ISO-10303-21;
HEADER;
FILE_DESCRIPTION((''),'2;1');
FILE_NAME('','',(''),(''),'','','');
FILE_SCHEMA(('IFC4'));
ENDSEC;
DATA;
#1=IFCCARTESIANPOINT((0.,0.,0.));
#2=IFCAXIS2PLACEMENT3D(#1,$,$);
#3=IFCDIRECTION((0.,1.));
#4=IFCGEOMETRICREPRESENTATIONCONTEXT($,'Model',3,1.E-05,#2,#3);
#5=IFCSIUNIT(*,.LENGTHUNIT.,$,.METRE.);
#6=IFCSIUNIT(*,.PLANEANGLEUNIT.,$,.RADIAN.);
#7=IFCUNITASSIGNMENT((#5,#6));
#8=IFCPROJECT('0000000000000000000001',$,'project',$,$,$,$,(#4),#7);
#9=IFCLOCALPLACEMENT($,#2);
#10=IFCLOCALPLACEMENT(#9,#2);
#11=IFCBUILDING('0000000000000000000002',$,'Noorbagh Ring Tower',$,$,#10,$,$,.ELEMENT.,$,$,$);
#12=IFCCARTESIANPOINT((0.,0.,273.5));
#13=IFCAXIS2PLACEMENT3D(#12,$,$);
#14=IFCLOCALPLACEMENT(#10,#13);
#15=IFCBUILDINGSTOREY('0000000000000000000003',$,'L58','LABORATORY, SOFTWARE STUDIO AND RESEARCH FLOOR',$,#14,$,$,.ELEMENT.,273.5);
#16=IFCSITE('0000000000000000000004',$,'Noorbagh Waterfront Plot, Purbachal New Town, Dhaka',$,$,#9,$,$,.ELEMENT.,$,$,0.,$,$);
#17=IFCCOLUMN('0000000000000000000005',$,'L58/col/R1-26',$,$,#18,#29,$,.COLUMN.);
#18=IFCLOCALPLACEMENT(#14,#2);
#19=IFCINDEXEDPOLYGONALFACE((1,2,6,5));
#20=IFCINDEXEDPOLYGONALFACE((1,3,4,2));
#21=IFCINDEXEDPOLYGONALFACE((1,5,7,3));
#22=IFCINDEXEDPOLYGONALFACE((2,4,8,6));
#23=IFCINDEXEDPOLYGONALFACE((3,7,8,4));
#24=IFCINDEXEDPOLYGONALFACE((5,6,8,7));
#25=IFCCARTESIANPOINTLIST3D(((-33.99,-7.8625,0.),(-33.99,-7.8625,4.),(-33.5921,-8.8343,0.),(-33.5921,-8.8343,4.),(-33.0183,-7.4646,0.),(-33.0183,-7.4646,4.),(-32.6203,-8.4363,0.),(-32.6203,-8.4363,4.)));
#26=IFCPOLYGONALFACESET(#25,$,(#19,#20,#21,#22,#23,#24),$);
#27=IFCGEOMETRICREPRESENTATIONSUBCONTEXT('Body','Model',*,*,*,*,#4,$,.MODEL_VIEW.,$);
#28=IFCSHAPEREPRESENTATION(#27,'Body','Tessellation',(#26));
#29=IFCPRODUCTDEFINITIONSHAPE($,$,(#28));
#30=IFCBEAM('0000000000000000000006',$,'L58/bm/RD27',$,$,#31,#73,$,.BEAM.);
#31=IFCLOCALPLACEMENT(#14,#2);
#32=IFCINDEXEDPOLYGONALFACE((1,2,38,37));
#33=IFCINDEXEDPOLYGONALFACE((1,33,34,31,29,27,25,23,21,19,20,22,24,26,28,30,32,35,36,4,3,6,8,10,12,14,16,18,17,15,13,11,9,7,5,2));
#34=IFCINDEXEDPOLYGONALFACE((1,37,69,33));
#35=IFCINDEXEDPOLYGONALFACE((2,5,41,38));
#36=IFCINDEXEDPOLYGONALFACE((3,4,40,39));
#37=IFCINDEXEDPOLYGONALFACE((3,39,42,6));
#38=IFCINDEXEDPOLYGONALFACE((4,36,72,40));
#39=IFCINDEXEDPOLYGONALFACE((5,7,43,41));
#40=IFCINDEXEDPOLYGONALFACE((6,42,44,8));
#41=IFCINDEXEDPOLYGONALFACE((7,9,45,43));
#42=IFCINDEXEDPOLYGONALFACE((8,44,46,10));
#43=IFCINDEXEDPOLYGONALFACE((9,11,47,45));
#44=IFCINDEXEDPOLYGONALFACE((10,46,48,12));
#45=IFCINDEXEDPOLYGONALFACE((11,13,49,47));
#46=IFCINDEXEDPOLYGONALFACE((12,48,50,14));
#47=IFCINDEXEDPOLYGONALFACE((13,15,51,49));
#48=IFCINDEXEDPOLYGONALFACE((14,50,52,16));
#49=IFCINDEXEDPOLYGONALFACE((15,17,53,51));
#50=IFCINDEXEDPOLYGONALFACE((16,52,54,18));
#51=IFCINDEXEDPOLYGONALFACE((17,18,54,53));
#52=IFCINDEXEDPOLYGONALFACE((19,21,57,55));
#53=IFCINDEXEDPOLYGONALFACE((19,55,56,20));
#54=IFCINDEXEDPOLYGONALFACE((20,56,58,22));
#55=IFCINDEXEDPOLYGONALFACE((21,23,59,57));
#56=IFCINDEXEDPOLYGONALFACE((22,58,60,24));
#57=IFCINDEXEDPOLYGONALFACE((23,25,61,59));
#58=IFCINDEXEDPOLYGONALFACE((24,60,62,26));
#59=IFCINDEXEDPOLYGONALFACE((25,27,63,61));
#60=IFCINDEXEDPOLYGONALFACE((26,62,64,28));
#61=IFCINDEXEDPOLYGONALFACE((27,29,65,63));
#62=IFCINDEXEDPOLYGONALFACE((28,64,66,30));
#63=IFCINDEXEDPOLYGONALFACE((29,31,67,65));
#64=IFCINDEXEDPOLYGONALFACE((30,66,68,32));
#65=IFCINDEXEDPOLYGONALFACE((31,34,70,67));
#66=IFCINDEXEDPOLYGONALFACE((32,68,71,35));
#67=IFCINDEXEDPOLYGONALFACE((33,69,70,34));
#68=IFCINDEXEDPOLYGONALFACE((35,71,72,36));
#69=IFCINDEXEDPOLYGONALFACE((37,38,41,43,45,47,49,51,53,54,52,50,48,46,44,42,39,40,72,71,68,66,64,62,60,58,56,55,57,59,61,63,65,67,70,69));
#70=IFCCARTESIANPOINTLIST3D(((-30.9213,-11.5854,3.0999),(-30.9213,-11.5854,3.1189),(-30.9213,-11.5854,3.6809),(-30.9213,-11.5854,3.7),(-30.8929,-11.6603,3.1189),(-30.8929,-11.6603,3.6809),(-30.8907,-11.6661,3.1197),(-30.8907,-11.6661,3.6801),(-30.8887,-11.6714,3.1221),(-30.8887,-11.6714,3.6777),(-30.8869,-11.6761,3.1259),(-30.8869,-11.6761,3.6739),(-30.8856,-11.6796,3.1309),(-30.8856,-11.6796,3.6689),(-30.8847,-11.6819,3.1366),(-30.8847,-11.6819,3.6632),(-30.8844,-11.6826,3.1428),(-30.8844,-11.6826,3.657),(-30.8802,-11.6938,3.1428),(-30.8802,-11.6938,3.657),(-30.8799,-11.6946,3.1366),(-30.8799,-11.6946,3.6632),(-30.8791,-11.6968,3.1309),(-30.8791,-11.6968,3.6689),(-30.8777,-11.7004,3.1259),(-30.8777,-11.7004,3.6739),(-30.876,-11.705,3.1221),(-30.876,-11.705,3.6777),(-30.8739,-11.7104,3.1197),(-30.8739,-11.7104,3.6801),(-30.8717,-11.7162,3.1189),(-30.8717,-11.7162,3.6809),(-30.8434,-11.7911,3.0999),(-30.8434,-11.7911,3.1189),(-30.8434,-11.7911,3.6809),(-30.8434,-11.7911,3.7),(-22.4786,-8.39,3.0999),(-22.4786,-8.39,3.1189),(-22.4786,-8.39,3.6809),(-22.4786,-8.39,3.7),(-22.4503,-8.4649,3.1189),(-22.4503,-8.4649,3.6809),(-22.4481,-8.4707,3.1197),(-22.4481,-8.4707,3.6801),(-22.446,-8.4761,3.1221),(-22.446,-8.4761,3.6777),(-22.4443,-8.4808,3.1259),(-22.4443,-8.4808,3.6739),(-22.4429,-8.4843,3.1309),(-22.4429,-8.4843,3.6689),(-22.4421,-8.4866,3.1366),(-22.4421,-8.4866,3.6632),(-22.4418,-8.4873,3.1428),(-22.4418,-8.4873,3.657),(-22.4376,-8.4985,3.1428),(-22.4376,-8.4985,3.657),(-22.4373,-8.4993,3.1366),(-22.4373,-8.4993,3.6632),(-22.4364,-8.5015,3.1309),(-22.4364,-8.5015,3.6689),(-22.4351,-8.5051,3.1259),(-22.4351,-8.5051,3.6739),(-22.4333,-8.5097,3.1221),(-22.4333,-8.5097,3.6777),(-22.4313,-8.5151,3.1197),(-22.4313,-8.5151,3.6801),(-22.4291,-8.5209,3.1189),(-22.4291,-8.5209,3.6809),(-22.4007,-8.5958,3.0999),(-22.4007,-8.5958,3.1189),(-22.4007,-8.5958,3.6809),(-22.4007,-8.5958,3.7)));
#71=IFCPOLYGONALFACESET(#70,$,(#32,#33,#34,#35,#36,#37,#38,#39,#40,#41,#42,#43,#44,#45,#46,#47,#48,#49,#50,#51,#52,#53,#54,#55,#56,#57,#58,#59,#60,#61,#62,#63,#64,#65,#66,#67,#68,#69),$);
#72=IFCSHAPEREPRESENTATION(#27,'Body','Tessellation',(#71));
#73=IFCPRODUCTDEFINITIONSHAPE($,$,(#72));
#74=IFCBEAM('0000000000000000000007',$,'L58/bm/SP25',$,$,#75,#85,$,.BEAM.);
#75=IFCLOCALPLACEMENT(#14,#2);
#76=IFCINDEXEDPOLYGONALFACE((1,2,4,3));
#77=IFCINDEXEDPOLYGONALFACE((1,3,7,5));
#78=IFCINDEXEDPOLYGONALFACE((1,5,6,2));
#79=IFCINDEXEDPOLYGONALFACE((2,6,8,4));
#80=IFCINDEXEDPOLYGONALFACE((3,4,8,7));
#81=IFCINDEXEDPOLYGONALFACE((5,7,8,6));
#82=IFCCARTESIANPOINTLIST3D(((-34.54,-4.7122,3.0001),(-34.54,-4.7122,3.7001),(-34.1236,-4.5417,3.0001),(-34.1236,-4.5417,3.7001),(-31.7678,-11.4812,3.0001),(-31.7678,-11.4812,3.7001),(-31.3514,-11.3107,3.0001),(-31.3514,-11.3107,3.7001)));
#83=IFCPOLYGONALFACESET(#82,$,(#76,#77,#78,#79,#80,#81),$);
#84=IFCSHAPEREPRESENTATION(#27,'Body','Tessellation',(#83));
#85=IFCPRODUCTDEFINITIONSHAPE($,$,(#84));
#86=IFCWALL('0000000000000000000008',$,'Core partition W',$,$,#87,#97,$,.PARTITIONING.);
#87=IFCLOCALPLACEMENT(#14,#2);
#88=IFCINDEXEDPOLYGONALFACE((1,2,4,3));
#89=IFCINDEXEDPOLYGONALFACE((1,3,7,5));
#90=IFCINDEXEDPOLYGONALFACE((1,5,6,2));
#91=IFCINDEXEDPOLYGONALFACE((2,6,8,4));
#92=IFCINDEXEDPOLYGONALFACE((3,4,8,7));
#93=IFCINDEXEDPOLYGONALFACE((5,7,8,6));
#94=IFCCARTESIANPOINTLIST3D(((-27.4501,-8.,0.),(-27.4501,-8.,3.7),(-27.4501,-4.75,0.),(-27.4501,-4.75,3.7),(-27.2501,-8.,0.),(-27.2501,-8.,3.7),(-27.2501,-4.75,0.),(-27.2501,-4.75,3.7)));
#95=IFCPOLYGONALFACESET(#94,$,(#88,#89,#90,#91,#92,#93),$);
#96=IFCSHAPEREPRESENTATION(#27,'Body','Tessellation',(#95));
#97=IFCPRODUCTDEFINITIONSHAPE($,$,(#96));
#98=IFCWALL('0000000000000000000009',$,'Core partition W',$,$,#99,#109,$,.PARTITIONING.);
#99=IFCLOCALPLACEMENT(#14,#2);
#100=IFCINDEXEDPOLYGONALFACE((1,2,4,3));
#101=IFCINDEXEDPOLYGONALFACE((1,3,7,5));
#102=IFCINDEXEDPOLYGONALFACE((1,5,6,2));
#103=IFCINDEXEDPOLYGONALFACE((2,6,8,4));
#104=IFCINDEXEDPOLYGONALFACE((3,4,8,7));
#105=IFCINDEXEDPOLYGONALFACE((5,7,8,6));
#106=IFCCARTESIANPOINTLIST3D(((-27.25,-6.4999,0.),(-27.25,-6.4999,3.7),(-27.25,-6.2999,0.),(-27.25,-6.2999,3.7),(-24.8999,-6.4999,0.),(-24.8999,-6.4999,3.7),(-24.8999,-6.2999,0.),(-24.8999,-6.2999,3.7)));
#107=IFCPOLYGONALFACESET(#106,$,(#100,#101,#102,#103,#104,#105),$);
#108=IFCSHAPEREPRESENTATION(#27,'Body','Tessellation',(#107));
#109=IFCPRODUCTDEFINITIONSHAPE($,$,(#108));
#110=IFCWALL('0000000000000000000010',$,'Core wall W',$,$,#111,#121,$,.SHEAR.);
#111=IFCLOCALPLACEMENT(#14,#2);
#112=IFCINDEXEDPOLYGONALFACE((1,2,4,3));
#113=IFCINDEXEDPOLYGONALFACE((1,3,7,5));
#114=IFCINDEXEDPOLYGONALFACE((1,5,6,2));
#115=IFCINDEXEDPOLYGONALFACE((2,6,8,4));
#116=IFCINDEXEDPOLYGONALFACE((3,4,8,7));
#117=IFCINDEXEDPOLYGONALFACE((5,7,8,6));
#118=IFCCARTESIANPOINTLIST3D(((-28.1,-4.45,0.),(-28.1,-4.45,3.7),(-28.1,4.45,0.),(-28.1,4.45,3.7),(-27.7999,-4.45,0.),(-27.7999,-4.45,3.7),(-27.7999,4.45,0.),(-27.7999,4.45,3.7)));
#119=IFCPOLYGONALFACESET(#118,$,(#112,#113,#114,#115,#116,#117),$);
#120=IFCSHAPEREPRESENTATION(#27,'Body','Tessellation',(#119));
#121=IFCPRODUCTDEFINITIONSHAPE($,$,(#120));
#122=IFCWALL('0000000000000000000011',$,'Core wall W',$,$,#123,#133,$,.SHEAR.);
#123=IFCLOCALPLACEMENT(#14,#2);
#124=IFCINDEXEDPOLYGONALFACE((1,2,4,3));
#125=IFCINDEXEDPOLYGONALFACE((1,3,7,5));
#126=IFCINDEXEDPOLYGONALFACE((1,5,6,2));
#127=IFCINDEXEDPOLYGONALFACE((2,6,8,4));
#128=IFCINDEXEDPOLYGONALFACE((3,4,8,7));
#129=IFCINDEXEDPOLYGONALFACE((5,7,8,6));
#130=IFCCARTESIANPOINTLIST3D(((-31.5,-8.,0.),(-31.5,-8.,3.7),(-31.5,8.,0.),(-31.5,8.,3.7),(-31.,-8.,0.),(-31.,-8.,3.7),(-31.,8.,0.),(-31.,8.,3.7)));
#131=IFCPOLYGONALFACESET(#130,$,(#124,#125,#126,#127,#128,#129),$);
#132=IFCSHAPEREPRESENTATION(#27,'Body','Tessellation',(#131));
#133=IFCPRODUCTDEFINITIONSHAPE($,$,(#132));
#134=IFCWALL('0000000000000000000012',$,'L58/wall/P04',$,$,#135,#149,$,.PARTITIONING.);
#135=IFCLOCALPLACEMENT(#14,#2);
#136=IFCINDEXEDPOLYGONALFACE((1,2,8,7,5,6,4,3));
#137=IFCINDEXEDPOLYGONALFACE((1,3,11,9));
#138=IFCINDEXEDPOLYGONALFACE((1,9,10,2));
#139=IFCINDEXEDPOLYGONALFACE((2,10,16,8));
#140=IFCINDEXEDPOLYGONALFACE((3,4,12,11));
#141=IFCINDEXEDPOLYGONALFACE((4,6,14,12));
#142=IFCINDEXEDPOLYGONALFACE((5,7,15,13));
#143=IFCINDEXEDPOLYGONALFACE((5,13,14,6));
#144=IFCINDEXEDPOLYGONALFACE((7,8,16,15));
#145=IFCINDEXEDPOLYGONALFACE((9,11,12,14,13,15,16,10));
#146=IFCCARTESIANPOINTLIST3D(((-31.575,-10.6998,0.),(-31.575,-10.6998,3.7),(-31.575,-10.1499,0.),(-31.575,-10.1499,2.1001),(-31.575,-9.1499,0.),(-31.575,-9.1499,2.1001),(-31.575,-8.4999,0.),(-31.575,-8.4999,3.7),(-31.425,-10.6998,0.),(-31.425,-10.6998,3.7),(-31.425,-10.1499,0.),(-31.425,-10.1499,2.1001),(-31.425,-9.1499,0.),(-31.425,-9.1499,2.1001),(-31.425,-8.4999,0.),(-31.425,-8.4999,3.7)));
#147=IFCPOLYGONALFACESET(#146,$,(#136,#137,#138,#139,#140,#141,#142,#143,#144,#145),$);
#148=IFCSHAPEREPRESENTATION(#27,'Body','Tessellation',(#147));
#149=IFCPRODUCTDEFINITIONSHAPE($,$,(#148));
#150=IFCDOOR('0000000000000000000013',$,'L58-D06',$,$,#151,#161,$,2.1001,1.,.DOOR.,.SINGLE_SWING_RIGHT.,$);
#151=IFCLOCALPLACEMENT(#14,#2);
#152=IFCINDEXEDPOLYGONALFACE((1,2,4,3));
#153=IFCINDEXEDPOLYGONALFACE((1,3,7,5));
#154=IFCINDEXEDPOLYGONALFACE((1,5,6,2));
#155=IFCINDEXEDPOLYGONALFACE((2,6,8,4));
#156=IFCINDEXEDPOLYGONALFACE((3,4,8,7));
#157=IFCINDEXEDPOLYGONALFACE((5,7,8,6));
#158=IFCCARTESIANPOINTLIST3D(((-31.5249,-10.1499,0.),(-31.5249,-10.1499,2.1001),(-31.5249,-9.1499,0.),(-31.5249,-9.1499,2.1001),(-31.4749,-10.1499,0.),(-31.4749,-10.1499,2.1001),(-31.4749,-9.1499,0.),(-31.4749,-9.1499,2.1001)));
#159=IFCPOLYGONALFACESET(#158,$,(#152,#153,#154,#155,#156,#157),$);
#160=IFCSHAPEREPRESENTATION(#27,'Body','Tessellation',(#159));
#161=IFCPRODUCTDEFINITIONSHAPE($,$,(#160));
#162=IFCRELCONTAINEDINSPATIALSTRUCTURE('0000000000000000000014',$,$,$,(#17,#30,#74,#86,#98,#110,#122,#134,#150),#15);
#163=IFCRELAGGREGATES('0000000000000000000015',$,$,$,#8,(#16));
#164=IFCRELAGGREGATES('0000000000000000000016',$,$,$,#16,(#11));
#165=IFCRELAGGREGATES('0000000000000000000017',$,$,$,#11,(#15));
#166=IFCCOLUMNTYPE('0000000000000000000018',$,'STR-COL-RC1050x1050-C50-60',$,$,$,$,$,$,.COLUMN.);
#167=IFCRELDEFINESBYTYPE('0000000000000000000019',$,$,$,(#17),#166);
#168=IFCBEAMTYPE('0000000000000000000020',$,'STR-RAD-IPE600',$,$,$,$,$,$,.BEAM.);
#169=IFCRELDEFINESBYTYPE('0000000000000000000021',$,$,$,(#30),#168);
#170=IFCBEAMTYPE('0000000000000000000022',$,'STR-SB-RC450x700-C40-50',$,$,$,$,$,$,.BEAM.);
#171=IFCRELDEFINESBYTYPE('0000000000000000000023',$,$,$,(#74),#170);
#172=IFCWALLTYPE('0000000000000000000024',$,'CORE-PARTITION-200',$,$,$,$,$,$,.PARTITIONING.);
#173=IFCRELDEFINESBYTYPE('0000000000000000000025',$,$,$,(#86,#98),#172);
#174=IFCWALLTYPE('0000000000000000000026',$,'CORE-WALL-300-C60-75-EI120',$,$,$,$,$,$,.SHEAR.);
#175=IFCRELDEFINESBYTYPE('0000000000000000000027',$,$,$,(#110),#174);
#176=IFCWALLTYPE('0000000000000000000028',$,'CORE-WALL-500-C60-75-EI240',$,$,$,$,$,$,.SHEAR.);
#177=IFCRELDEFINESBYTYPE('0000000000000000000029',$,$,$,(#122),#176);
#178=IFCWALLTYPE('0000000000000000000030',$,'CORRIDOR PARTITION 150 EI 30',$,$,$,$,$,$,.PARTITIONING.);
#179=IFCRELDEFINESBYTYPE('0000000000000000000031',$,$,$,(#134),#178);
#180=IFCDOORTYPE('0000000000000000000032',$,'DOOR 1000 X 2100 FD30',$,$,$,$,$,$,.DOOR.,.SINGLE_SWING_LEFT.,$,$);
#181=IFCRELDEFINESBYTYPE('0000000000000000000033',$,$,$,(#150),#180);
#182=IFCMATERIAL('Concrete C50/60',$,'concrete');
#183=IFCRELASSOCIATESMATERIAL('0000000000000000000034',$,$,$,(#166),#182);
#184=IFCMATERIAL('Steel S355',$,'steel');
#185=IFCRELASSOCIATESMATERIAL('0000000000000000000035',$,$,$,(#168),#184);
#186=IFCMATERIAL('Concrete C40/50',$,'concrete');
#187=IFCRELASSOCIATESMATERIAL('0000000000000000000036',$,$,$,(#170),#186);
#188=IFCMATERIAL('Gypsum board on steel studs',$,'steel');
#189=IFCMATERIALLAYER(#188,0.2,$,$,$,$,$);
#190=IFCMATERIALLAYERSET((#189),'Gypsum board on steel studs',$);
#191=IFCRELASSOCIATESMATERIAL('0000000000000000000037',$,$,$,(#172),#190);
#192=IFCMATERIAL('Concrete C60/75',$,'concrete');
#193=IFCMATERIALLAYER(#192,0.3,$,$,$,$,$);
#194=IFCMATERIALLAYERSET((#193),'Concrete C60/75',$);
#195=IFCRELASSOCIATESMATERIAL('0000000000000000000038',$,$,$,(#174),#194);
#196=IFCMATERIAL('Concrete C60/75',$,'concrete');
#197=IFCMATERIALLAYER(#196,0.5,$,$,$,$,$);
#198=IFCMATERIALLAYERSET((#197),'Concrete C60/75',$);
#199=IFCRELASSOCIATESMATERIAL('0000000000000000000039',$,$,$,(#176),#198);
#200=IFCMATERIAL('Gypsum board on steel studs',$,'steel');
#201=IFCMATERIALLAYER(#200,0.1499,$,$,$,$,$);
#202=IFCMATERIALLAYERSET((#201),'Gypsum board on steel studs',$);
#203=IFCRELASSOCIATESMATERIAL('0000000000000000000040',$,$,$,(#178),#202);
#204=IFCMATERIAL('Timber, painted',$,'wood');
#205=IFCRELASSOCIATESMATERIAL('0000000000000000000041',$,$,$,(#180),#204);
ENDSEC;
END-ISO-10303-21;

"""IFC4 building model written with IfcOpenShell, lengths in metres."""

from ifc_helpers import new_model, si_unit, direction, frame, frame_2d, origin, origin_2d, place, context, subcontext, project, spatial, rectangle, i_section, extrude, material, layer, layer_set, material_profile, profile_set, type_object, element, fill, save


model = new_model("IFC4")

# Units and contexts
model_context = context("Model", 3, precision=1e-05, world=origin(), true_north=direction((0.0, 1.0)))
body_context = subcontext(model_context, "Body", "Model", "MODEL_VIEW")
ifc_project = project(units=[si_unit("LENGTHUNIT", "METRE"), si_unit("PLANEANGLEUNIT", "RADIAN")], contexts=[model_context])

# Site, building, storey
site_placement = place(None, origin())
site = spatial("IfcSite", under=ifc_project, at=site_placement, Name="Noorbagh Waterfront Plot, Purbachal New Town, Dhaka", CompositionType="ELEMENT", RefElevation=0.0)
building_placement = place(site_placement, origin())
building = spatial("IfcBuilding", under=site, at=building_placement, Name="Noorbagh Ring Tower", CompositionType="ELEMENT")
storey_placement = place(building_placement, frame((0.0, 0.0, 273.5)))
storey = spatial("IfcBuildingStorey", under=building, at=storey_placement, Name="L58", Description="LABORATORY, SOFTWARE STUDIO AND RESEARCH FLOOR", CompositionType="ELEMENT", Elevation=273.5)

# Column
ifc_material_1 = material(Name="Concrete C50/60", Category="concrete")
ifc_material_profile_1 = material_profile(ifc_material_1, rectangle(XDim=1.05, YDim=1.05, at=origin_2d()), Name="RC1050x1050")
ifc_profile_set_1 = profile_set([ifc_material_profile_1], Name="Concrete C50/60")
column_type = type_object("IfcColumnType", Name="STR-COL-RC1050x1050-C50-60", PredefinedType="COLUMN", material=ifc_profile_set_1)
column_placement = place(storey_placement, frame((-33.3052, -8.1494, 0.0), z_axis=(0.0, 0.0, 1.0), x_axis=(0.378989, -0.925401, 0.0)))
element("IfcColumn", 1, at=column_placement, inside=storey, type_object=column_type, Name="L58/col/R1-26", PredefinedType="COLUMN", context=body_context, shape_type="SweptSolid", body=[
    extrude(rectangle(XDim=1.05, YDim=1.05, at=origin_2d()), origin(), (0.0, 0.0, 1.0), 4.0),
])

# Beams
ifc_material_2 = material(Name="Steel S355", Category="steel")
ifc_material_profile_2 = material_profile(ifc_material_2, i_section(OverallWidth=0.22, OverallDepth=0.6001, WebThickness=0.012, FlangeThickness=0.019, FilletRadius=0.0239, at=origin_2d()), Name="IPE600")
ifc_profile_set_2 = profile_set([ifc_material_profile_2], Name="Steel S355")
beam_type_1 = type_object("IfcBeamType", Name="STR-RAD-IPE600", PredefinedType="BEAM", material=ifc_profile_set_2)
beam_1_placement = place(storey_placement, frame((-30.8823, -11.6882, 3.3999), z_axis=(0.935257, 0.35397, 0.0), x_axis=(-0.35397, 0.935257, 0.0)))
element("IfcBeam", 2, at=beam_1_placement, inside=storey, type_object=beam_type_1, Name="L58/bm/RD27", PredefinedType="BEAM", context=body_context, shape_type="SweptSolid", body=[
    extrude(i_section(OverallWidth=0.22, OverallDepth=0.6001, WebThickness=0.012, FlangeThickness=0.019, FilletRadius=0.0239, at=origin_2d()), origin(), (0.0, 0.0, 1.0), 9.0271),
])
ifc_material_3 = material(Name="Concrete C40/50", Category="concrete")
ifc_material_profile_3 = material_profile(ifc_material_3, rectangle(XDim=0.45, YDim=0.7, at=origin_2d()), Name="RC450x700")
ifc_profile_set_3 = profile_set([ifc_material_profile_3], Name="Concrete C40/50")
beam_type_2 = type_object("IfcBeamType", Name="STR-SB-RC450x700-C40-50", PredefinedType="BEAM", material=ifc_profile_set_3)
beam_2_placement = place(storey_placement, frame((-34.3318, -4.627, 3.3501), z_axis=(0.378992, -0.9254, 0.0), x_axis=(0.9254, 0.378992, 0.0)))
element("IfcBeam", 3, at=beam_2_placement, inside=storey, type_object=beam_type_2, Name="L58/bm/SP25", PredefinedType="BEAM", context=body_context, shape_type="SweptSolid", body=[
    extrude(rectangle(XDim=0.45, YDim=0.7, at=origin_2d()), origin(), (0.0, 0.0, 1.0), 7.3147),
])

# Walls
ifc_material_4 = material(Name="Gypsum board on steel studs", Category="steel")
ifc_layer_1 = layer(ifc_material_4, 0.2)
ifc_layer_set_1 = layer_set([ifc_layer_1], Name="Gypsum board on steel studs")
wall_type_1 = type_object("IfcWallType", Name="CORE-PARTITION-200", PredefinedType="PARTITIONING", material=ifc_layer_set_1)
wall_1_placement = place(storey_placement, frame((-27.3501, -8.0, 0.0), z_axis=(0.0, 0.0, 1.0), x_axis=(0.0, 1.0, 0.0)))
element("IfcWall", 4, at=wall_1_placement, inside=storey, type_object=wall_type_1, Name="Core partition W", PredefinedType="PARTITIONING", context=body_context, shape_type="SweptSolid", body=[
    extrude(rectangle(XDim=3.25, YDim=0.2, at=frame_2d((1.625, 0.0))), origin(), (0.0, 0.0, 1.0), 3.7),
])
wall_2_placement = place(storey_placement, frame((-24.8999, -6.3999, 0.0), z_axis=(0.0, 0.0, 1.0), x_axis=(-1.0, 0.0, 0.0)))
element("IfcWall", 5, at=wall_2_placement, inside=storey, type_object=wall_type_1, Name="Core partition W", PredefinedType="PARTITIONING", context=body_context, shape_type="SweptSolid", body=[
    extrude(rectangle(XDim=2.3501, YDim=0.2, at=frame_2d((1.175, 0.0))), origin(), (0.0, 0.0, 1.0), 3.7),
])
ifc_material_5 = material(Name="Concrete C60/75", Category="concrete")
ifc_layer_2 = layer(ifc_material_5, 0.3)
ifc_layer_set_2 = layer_set([ifc_layer_2], Name="Concrete C60/75")
wall_type_2 = type_object("IfcWallType", Name="CORE-WALL-300-C60-75-EI120", PredefinedType="SHEAR", material=ifc_layer_set_2)
wall_3_placement = place(storey_placement, frame((-27.95, -4.45, 0.0), z_axis=(0.0, 0.0, 1.0), x_axis=(0.0, 1.0, 0.0)))
element("IfcWall", 6, at=wall_3_placement, inside=storey, type_object=wall_type_2, Name="Core wall W", PredefinedType="SHEAR", context=body_context, shape_type="SweptSolid", body=[
    extrude(rectangle(XDim=8.8999, YDim=0.3, at=frame_2d((4.45, 0.0))), origin(), (0.0, 0.0, 1.0), 3.7),
])
ifc_material_6 = material(Name="Concrete C60/75", Category="concrete")
ifc_layer_3 = layer(ifc_material_6, 0.5)
ifc_layer_set_3 = layer_set([ifc_layer_3], Name="Concrete C60/75")
wall_type_3 = type_object("IfcWallType", Name="CORE-WALL-500-C60-75-EI240", PredefinedType="SHEAR", material=ifc_layer_set_3)
wall_4_placement = place(storey_placement, frame((-31.25, -8.0, 0.0), z_axis=(0.0, 0.0, 1.0), x_axis=(0.0, 1.0, 0.0)))
element("IfcWall", 7, at=wall_4_placement, inside=storey, type_object=wall_type_3, Name="Core wall W", PredefinedType="SHEAR", context=body_context, shape_type="SweptSolid", body=[
    extrude(rectangle(XDim=16.0, YDim=0.5, at=frame_2d((8.0, 0.0))), origin(), (0.0, 0.0, 1.0), 3.7),
])

# Wall, opening, door
ifc_material_7 = material(Name="Gypsum board on steel studs", Category="steel")
ifc_layer_4 = layer(ifc_material_7, 0.1499)
ifc_layer_set_4 = layer_set([ifc_layer_4], Name="Gypsum board on steel studs")
wall_type_4 = type_object("IfcWallType", Name="CORRIDOR PARTITION 150 EI 30", PredefinedType="PARTITIONING", material=ifc_layer_set_4)
wall_5_placement = place(storey_placement, frame((-31.5, -10.7, 0.0), z_axis=(0.0, 0.0, 1.0), x_axis=(0.0, 1.0, 0.0)))
wall_5 = element("IfcWall", 8, at=wall_5_placement, inside=storey, type_object=wall_type_4, Name="L58/wall/P04", PredefinedType="PARTITIONING", context=body_context, shape_type="SweptSolid", body=[
    extrude(rectangle(XDim=2.2, YDim=0.1499, at=frame_2d((1.1001, 0.0))), origin(), (0.0, 0.0, 1.0), 3.7),
])
opening_1_placement = place(wall_5_placement, frame((0.55, 0.0, 0.0)))
opening_1 = element("IfcOpeningElement", 9, at=opening_1_placement, cuts=wall_5, PredefinedType="OPENING", context=body_context, shape_type="SweptSolid", body=[
    extrude(rectangle(XDim=1.0, YDim=2.1001, at=frame_2d((0.5, 1.05))), frame((0.0, 0.085, 0.0), z_axis=(0.0, -1.0, 0.0), x_axis=(1.0, 0.0, 0.0)), (0.0, 0.0, 1.0), 0.1699),
])
ifc_material_8 = material(Name="Timber, painted", Category="wood")
door_type = type_object("IfcDoorType", Name="DOOR 1000 X 2100 FD30", OperationType="SINGLE_SWING_LEFT", PredefinedType="DOOR", material=ifc_material_8)
door_1_placement = place(opening_1_placement, origin())
door_1 = element("IfcDoor", 10, at=door_1_placement, inside=storey, type_object=door_type, Name="L58-D06", OperationType="SINGLE_SWING_RIGHT", OverallHeight=2.1001, OverallWidth=1.0, PredefinedType="DOOR", context=body_context, shape_type="SweptSolid", body=[
    extrude(rectangle(XDim=1.0, YDim=2.1001, at=frame_2d((0.5, 1.05))), frame((0.0, 0.0249, 0.0), z_axis=(0.0, -1.0, 0.0), x_axis=(1.0, 0.0, 0.0)), (0.0, 0.0, 1.0), 0.05),
])
fill(opening_1, door_1)

save(model, "model.ifc")
